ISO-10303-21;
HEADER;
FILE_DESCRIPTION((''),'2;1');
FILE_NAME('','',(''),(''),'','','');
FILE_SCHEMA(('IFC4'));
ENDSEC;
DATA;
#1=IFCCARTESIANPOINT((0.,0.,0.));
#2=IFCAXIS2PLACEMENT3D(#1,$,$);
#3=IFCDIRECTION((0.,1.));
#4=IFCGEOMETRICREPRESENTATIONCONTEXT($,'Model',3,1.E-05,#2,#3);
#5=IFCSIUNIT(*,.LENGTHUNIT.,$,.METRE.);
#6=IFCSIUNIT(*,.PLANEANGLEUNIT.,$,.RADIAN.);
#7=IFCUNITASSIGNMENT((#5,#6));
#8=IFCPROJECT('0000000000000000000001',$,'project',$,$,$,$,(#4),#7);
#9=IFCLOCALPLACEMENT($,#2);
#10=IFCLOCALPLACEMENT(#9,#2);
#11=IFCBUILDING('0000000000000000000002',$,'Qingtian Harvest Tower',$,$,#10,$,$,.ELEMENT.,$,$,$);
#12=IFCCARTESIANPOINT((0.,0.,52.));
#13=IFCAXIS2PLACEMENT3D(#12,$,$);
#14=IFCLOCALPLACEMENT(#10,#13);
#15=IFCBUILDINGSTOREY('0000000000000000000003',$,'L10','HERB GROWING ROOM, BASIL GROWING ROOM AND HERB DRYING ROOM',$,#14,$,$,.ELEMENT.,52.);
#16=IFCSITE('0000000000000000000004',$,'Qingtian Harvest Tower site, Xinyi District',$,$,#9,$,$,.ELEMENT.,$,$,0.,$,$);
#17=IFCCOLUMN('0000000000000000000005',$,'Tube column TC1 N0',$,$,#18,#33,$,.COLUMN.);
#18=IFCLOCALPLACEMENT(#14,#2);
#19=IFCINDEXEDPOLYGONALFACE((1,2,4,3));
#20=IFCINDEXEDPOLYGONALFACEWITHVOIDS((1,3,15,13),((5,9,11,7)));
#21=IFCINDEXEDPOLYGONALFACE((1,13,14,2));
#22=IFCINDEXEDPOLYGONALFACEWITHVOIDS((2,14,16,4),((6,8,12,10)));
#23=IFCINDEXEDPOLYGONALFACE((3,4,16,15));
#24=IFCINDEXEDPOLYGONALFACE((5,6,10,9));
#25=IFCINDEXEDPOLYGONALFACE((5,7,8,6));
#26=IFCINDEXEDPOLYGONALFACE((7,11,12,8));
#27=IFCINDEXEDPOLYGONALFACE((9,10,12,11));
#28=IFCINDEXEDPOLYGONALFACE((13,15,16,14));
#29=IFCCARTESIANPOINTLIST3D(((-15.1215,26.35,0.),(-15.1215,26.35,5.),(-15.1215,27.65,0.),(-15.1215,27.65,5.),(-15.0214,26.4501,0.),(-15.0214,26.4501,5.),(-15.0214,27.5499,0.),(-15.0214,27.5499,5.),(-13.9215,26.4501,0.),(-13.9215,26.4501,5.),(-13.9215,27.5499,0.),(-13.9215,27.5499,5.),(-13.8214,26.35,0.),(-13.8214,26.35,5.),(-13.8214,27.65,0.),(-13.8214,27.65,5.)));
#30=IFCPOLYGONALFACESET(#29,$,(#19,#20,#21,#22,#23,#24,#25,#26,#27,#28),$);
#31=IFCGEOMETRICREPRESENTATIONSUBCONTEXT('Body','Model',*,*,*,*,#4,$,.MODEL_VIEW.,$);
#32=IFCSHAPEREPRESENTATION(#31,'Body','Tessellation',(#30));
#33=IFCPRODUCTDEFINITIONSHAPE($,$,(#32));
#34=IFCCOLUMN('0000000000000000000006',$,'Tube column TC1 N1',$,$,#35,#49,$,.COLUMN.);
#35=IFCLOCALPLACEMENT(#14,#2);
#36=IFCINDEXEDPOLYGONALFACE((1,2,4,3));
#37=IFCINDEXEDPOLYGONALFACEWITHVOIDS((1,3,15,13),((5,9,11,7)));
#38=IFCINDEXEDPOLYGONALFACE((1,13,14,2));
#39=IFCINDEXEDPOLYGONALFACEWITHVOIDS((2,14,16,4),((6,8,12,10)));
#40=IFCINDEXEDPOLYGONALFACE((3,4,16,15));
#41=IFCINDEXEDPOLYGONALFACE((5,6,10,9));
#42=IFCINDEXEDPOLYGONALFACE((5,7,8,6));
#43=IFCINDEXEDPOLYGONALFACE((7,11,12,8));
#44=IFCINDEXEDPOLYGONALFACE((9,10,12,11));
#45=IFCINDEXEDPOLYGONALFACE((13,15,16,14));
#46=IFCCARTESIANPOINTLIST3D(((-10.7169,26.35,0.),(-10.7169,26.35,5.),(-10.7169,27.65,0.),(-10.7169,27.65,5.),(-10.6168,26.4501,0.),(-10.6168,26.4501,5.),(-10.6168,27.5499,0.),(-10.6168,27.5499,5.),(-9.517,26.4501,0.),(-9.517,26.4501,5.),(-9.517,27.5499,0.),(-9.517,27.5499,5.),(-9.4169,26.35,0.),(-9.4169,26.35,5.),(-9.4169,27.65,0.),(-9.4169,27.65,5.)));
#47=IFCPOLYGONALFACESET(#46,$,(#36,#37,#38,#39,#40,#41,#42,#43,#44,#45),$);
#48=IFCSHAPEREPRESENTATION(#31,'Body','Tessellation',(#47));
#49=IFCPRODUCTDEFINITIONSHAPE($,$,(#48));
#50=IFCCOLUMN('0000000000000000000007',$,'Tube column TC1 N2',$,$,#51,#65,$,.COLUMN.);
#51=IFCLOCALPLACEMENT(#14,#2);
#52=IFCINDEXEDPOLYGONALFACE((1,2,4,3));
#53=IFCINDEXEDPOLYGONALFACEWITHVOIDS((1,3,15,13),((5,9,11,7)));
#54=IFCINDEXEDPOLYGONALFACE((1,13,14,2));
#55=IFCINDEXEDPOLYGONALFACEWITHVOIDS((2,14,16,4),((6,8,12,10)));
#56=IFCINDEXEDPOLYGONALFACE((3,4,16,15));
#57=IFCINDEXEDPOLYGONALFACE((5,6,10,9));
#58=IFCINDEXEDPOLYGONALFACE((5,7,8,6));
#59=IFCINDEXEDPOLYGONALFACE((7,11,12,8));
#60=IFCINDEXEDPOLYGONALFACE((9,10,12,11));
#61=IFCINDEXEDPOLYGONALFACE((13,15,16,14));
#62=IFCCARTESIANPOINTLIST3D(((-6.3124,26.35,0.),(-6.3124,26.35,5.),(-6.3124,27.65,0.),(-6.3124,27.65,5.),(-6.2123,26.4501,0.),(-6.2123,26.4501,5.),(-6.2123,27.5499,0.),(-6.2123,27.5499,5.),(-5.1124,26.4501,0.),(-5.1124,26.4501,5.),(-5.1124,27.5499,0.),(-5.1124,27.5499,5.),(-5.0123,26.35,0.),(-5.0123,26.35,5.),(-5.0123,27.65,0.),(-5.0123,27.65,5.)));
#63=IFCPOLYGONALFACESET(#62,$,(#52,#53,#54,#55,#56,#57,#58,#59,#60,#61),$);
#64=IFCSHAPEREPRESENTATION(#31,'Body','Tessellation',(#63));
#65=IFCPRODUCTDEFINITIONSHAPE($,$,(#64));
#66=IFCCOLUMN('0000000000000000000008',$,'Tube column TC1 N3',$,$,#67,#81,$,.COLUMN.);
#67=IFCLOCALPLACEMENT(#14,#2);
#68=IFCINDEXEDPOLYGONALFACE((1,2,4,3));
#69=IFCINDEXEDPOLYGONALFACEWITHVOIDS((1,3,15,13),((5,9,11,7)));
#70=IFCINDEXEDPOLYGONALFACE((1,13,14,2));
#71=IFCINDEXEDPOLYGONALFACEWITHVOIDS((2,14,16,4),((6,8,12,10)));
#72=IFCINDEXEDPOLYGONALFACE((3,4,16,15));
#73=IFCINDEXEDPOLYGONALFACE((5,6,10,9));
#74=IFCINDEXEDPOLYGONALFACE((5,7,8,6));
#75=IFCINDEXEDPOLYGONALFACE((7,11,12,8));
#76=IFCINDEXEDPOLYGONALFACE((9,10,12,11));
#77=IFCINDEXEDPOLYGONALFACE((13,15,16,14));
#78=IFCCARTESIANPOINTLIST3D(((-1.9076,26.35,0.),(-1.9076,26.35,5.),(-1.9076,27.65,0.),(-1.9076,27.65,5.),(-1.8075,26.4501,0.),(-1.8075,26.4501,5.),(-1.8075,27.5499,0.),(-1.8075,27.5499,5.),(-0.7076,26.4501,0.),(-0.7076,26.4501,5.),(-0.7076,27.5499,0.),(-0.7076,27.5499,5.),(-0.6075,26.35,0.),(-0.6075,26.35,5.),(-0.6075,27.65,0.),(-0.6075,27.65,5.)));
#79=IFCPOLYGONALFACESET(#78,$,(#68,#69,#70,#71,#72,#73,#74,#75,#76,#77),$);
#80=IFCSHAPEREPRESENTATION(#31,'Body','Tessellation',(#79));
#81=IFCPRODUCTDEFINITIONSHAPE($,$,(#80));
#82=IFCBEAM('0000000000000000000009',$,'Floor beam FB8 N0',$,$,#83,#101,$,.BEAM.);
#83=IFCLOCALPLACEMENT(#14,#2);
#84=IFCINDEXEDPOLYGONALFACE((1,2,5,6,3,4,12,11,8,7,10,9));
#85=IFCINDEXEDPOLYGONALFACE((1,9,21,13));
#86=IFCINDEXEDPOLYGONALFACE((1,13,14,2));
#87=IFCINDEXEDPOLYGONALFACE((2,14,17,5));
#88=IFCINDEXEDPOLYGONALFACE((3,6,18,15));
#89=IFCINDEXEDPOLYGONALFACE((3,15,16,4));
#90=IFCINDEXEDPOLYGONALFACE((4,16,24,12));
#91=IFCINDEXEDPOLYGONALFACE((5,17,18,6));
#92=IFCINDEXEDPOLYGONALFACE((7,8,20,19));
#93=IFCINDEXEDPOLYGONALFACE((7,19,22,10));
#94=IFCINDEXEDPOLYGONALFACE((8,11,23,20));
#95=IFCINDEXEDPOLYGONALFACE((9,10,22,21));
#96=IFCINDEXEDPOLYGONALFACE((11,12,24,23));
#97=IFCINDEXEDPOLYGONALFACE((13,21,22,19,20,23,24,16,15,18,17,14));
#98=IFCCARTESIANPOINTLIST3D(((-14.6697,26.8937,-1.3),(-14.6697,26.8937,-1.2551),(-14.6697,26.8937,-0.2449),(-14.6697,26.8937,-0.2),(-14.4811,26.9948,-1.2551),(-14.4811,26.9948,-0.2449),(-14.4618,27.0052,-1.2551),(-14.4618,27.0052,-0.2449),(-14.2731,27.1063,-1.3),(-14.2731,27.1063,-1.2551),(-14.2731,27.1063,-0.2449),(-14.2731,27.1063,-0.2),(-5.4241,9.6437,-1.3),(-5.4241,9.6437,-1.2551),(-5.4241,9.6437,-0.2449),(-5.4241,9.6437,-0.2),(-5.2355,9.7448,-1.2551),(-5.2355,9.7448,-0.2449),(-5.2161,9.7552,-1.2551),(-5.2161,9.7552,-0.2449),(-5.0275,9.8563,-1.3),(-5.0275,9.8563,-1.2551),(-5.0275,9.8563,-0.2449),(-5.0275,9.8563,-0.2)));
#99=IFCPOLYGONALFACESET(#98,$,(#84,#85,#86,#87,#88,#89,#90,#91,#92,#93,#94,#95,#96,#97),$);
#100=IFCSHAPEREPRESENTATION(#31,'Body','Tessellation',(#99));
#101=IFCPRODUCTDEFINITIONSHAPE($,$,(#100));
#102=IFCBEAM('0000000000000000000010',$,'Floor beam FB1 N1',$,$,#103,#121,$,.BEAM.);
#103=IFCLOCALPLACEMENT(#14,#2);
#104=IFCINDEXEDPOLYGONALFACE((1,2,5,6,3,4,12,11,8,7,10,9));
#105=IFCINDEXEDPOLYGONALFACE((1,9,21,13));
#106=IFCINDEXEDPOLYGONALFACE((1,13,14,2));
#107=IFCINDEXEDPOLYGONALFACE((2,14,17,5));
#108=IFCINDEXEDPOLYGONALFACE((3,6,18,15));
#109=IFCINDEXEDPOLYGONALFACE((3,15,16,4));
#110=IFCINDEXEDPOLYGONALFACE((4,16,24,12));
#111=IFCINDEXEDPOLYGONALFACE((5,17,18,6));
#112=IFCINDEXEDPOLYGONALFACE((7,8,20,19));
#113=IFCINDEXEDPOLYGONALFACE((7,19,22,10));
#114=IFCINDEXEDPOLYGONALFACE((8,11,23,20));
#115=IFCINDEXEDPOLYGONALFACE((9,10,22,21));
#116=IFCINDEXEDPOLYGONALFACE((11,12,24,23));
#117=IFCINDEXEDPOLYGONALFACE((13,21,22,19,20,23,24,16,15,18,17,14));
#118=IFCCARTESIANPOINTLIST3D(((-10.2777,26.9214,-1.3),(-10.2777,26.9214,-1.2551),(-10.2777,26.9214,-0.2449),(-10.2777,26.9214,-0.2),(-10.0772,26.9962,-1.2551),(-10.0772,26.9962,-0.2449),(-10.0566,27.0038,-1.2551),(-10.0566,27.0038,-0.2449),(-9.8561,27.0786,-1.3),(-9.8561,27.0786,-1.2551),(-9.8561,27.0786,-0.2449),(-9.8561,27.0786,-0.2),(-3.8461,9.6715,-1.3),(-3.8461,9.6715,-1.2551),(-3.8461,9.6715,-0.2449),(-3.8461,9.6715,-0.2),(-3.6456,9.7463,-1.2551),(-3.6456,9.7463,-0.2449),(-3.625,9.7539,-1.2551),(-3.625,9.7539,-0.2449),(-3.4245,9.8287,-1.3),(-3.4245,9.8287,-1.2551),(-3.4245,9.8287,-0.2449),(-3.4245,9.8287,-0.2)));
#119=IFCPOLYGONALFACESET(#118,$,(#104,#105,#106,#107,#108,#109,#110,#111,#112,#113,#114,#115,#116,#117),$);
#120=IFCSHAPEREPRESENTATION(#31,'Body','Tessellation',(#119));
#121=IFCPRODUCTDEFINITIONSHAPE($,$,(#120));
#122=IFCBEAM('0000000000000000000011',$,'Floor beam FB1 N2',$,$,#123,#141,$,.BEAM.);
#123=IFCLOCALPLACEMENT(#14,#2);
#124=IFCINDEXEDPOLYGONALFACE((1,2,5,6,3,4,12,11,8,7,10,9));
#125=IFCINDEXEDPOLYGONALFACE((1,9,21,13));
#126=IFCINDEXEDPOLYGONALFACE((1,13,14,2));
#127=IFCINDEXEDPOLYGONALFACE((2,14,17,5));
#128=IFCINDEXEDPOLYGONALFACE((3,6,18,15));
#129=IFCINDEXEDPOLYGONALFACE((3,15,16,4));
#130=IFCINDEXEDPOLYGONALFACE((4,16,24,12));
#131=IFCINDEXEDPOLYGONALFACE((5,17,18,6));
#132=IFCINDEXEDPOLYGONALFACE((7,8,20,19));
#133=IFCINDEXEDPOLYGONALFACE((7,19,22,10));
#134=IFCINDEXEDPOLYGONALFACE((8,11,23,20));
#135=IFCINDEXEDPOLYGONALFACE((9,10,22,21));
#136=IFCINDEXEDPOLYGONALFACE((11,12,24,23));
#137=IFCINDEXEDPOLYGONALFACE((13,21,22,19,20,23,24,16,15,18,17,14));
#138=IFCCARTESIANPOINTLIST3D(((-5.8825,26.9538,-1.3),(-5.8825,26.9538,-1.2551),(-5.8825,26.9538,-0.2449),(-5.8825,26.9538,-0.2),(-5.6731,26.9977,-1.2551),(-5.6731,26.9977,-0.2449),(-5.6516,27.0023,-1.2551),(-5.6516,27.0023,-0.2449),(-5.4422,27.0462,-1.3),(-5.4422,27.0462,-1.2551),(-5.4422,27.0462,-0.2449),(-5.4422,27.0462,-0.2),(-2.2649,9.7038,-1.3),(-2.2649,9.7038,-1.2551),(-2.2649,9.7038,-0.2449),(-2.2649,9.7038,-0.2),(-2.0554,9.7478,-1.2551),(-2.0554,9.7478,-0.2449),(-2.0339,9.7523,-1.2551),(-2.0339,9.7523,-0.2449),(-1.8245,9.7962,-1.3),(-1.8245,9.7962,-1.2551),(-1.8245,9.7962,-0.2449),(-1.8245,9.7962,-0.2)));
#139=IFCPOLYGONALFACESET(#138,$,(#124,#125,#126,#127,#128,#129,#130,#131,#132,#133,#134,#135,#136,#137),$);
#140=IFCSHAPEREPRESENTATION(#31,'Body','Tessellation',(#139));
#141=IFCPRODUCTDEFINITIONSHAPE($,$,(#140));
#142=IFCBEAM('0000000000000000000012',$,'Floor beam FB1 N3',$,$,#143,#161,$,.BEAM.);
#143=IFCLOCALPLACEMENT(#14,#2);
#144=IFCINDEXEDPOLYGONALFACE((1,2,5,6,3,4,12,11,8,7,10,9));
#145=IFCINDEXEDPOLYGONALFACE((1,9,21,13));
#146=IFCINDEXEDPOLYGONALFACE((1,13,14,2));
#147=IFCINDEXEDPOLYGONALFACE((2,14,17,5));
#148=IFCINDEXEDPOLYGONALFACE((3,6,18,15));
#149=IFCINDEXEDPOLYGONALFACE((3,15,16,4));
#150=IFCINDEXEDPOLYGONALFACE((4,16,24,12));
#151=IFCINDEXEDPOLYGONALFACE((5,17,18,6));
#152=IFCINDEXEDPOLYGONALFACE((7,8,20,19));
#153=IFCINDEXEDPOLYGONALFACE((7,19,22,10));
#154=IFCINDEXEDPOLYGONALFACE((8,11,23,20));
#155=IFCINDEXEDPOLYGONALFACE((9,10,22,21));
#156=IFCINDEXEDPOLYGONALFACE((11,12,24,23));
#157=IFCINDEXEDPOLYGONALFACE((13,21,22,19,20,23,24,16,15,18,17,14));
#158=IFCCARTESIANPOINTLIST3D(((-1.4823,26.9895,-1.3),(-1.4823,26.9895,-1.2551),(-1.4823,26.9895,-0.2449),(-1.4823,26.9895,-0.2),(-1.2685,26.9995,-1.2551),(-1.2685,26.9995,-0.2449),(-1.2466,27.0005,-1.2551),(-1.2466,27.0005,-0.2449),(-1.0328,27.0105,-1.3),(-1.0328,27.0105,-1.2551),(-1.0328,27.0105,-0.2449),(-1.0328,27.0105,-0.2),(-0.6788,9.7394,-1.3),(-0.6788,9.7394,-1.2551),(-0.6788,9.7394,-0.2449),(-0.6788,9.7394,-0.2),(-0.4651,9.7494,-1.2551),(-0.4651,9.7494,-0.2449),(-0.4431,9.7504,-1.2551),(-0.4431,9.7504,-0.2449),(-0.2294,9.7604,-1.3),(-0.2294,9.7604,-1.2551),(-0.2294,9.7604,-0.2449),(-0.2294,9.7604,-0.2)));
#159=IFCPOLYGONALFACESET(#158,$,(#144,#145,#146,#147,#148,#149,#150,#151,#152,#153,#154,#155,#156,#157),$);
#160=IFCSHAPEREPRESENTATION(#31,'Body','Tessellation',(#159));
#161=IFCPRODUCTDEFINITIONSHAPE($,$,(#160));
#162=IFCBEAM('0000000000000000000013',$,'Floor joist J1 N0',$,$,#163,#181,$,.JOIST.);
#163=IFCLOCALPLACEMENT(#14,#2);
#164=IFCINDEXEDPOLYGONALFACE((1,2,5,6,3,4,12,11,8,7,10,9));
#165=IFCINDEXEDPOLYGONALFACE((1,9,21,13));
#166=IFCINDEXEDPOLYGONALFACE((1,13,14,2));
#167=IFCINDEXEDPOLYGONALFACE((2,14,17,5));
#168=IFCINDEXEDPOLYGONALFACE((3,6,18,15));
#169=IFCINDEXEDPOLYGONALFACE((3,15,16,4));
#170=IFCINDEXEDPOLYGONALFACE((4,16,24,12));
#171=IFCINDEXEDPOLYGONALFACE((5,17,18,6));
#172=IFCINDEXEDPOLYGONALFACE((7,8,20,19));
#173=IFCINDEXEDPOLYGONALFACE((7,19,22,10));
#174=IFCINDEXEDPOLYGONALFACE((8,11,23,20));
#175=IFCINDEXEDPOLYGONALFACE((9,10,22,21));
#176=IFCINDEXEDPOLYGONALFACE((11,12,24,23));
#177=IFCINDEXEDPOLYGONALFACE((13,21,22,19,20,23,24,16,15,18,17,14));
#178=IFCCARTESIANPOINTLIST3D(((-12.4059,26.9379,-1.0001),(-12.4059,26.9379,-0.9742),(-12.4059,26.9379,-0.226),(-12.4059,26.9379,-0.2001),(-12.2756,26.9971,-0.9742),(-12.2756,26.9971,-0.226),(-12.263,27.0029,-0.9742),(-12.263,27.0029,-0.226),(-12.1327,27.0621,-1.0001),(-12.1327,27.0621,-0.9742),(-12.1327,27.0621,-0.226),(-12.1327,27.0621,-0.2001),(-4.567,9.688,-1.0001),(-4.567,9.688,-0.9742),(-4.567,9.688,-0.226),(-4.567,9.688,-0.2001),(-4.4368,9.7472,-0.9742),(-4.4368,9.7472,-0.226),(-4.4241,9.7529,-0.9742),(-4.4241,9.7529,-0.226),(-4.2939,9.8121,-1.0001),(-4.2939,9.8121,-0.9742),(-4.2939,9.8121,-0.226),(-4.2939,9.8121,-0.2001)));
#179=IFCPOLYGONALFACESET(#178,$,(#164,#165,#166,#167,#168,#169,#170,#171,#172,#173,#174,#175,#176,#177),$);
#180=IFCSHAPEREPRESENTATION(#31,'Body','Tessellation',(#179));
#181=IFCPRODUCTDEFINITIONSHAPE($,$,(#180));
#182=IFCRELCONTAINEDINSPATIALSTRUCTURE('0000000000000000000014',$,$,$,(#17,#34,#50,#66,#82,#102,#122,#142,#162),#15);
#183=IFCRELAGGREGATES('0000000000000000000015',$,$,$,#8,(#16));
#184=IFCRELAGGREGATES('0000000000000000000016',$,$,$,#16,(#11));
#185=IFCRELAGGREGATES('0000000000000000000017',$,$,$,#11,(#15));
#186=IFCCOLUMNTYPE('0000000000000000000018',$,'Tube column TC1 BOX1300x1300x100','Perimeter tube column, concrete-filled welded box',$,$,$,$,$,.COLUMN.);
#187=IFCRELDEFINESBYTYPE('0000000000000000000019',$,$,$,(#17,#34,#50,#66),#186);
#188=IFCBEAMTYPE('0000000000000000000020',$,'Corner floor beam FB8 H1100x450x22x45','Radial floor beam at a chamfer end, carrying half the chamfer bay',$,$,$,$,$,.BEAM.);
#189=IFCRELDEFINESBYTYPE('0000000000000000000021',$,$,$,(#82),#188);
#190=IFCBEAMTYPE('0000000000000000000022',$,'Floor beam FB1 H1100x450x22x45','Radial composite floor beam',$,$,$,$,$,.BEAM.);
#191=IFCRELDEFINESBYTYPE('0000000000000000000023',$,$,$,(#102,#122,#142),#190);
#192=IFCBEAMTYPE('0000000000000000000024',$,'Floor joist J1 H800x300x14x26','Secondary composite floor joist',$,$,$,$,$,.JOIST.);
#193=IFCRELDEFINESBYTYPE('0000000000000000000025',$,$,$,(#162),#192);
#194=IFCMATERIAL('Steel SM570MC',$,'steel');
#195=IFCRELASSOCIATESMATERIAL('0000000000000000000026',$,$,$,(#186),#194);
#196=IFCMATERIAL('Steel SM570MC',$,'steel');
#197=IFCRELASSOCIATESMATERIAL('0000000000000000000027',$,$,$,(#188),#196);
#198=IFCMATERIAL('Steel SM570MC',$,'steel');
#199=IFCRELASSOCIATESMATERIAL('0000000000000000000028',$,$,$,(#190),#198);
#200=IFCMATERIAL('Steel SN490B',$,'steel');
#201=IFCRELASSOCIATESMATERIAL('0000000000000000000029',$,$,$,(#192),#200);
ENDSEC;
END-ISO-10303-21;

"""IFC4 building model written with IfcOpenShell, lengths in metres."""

from ifc_helpers import new_model, si_unit, direction, frame, origin, origin_2d, place, context, subcontext, project, spatial, hollow_rectangle, i_section, extrude, material, material_profile, profile_set, type_object, element, save


model = new_model("IFC4")

# Units and contexts
model_context = context("Model", 3, precision=1e-05, world=origin(), true_north=direction((0.0, 1.0)))
body_context = subcontext(model_context, "Body", "Model", "MODEL_VIEW")
ifc_project = project(units=[si_unit("LENGTHUNIT", "METRE"), si_unit("PLANEANGLEUNIT", "RADIAN")], contexts=[model_context])

# Site, building, storey
site_placement = place(None, origin())
site = spatial("IfcSite", under=ifc_project, at=site_placement, Name="Qingtian Harvest Tower site, Xinyi District", CompositionType="ELEMENT", RefElevation=0.0)
building_placement = place(site_placement, origin())
building = spatial("IfcBuilding", under=site, at=building_placement, Name="Qingtian Harvest Tower", CompositionType="ELEMENT")
storey_placement = place(building_placement, frame((0.0, 0.0, 52.0)))
storey = spatial("IfcBuildingStorey", under=building, at=storey_placement, Name="L10", Description="HERB GROWING ROOM, BASIL GROWING ROOM AND HERB DRYING ROOM", CompositionType="ELEMENT", Elevation=52.0)

# Columns
ifc_material_1 = material(Name="Steel SM570MC", Category="steel")
ifc_material_profile_1 = material_profile(ifc_material_1, hollow_rectangle(XDim=1.3, YDim=1.3, WallThickness=0.1001, at=origin_2d()), Name="BOX1300x1300x100")
ifc_profile_set_1 = profile_set([ifc_material_profile_1], Name="Steel SM570MC")
column_type = type_object("IfcColumnType", Name="Tube column TC1 BOX1300x1300x100", Description="Perimeter tube column, concrete-filled welded box", PredefinedType="COLUMN", material=ifc_profile_set_1)
for number, where, z_axis, x_axis, name in (
    (1, (-14.4714, 27.0, 0.0), (0.0, 0.0, 1.0), (-1.0, 0.0, 0.0), "Tube column TC1 N0"),
    (2, (-10.0669, 27.0, 0.0), (0.0, 0.0, 1.0), (-1.0, 0.0, 0.0), "Tube column TC1 N1"),
    (3, (-5.6624, 27.0, 0.0), (0.0, 0.0, 1.0), (-1.0, 0.0, 0.0), "Tube column TC1 N2"),
    (4, (-1.2576, 27.0, 0.0), (0.0, 0.0, 1.0), (-1.0, 0.0, 0.0), "Tube column TC1 N3"),
):
    element("IfcColumn", number, at=place(storey_placement, frame(where, z_axis=z_axis, x_axis=x_axis)), inside=storey, type_object=column_type, Name=name, PredefinedType="COLUMN", context=body_context, shape_type="SweptSolid", body=[
        extrude(hollow_rectangle(XDim=1.3, YDim=1.3, WallThickness=0.1001, at=origin_2d()), origin(), (0.0, 0.0, 1.0), 5.0),
    ])

# Beams
ifc_material_2 = material(Name="Steel SM570MC", Category="steel")
ifc_material_profile_2 = material_profile(ifc_material_2, i_section(OverallWidth=0.45, OverallDepth=1.1001, WebThickness=0.022, FlangeThickness=0.0449, at=origin_2d()), Name="H1100x450x22x45")
ifc_profile_set_2 = profile_set([ifc_material_profile_2], Name="Steel SM570MC")
beam_type_1 = type_object("IfcBeamType", Name="Corner floor beam FB8 H1100x450x22x45", Description="Radial floor beam at a chamfer end, carrying half the chamfer bay", PredefinedType="BEAM", material=ifc_profile_set_2)
beam_1_placement = place(storey_placement, frame((-14.4714, 27.0, -0.75), z_axis=(0.472401, -0.881384, 0.0), x_axis=(0.881384, 0.472401, 0.0)))
element("IfcBeam", 5, at=beam_1_placement, inside=storey, type_object=beam_type_1, Name="Floor beam FB8 N0", PredefinedType="BEAM", context=body_context, shape_type="SweptSolid", body=[
    extrude(i_section(OverallWidth=0.45, OverallDepth=1.1001, WebThickness=0.022, FlangeThickness=0.0449, at=origin_2d()), origin(), (0.0, 0.0, 1.0), 19.5715),
])
ifc_material_3 = material(Name="Steel SM570MC", Category="steel")
ifc_material_profile_3 = material_profile(ifc_material_3, i_section(OverallWidth=0.45, OverallDepth=1.1001, WebThickness=0.022, FlangeThickness=0.0449, at=origin_2d()), Name="H1100x450x22x45")
ifc_profile_set_3 = profile_set([ifc_material_profile_3], Name="Steel SM570MC")
beam_type_2 = type_object("IfcBeamType", Name="Floor beam FB1 H1100x450x22x45", Description="Radial composite floor beam", PredefinedType="BEAM", material=ifc_profile_set_3)
beam_2_placement = place(storey_placement, frame((-10.0669, 27.0, -0.75), z_axis=(0.349356, -0.93699, 0.0), x_axis=(0.93699, 0.349356, 0.0)))
element("IfcBeam", 6, at=beam_2_placement, inside=storey, type_object=beam_type_2, Name="Floor beam FB1 N1", PredefinedType="BEAM", context=body_context, shape_type="SweptSolid", body=[
    extrude(i_section(OverallWidth=0.45, OverallDepth=1.1001, WebThickness=0.022, FlangeThickness=0.0449, at=origin_2d()), origin(), (0.0, 0.0, 1.0), 18.4099),
])
beam_3_placement = place(storey_placement, frame((-5.6624, 27.0, -0.75), z_axis=(0.205255, -0.978709, 0.0), x_axis=(0.978709, 0.205255, 0.0)))
element("IfcBeam", 7, at=beam_3_placement, inside=storey, type_object=beam_type_2, Name="Floor beam FB1 N2", PredefinedType="BEAM", context=body_context, shape_type="SweptSolid", body=[
    extrude(i_section(OverallWidth=0.45, OverallDepth=1.1001, WebThickness=0.022, FlangeThickness=0.0449, at=origin_2d()), origin(), (0.0, 0.0, 1.0), 17.6252),
])
beam_4_placement = place(storey_placement, frame((-1.2576, 27.0, -0.75), z_axis=(0.046527, -0.998917, 0.0), x_axis=(0.998917, 0.046527, 0.0)))
element("IfcBeam", 8, at=beam_4_placement, inside=storey, type_object=beam_type_2, Name="Floor beam FB1 N3", PredefinedType="BEAM", context=body_context, shape_type="SweptSolid", body=[
    extrude(i_section(OverallWidth=0.45, OverallDepth=1.1001, WebThickness=0.022, FlangeThickness=0.0449, at=origin_2d()), origin(), (0.0, 0.0, 1.0), 17.2688),
])
ifc_material_4 = material(Name="Steel SN490B", Category="steel")
ifc_material_profile_4 = material_profile(ifc_material_4, i_section(OverallWidth=0.3, OverallDepth=0.8, WebThickness=0.0139, FlangeThickness=0.0259, at=origin_2d()), Name="H800x300x14x26")
ifc_profile_set_4 = profile_set([ifc_material_profile_4], Name="Steel SN490B")
beam_type_3 = type_object("IfcBeamType", Name="Floor joist J1 H800x300x14x26", Description="Secondary composite floor joist", PredefinedType="JOIST", material=ifc_profile_set_4)
beam_5_placement = place(storey_placement, frame((-12.2693, 27.0, -0.6001), z_axis=(0.413714, -0.910407, 0.0), x_axis=(0.910407, 0.413714, 0.0)))
element("IfcBeam", 9, at=beam_5_placement, inside=storey, type_object=beam_type_3, Name="Floor joist J1 N0", PredefinedType="JOIST", context=body_context, shape_type="SweptSolid", body=[
    extrude(i_section(OverallWidth=0.3, OverallDepth=0.8, WebThickness=0.0139, FlangeThickness=0.0259, at=origin_2d()), origin(), (0.0, 0.0, 1.0), 18.9475),
])

save(model, "model.ifc")
